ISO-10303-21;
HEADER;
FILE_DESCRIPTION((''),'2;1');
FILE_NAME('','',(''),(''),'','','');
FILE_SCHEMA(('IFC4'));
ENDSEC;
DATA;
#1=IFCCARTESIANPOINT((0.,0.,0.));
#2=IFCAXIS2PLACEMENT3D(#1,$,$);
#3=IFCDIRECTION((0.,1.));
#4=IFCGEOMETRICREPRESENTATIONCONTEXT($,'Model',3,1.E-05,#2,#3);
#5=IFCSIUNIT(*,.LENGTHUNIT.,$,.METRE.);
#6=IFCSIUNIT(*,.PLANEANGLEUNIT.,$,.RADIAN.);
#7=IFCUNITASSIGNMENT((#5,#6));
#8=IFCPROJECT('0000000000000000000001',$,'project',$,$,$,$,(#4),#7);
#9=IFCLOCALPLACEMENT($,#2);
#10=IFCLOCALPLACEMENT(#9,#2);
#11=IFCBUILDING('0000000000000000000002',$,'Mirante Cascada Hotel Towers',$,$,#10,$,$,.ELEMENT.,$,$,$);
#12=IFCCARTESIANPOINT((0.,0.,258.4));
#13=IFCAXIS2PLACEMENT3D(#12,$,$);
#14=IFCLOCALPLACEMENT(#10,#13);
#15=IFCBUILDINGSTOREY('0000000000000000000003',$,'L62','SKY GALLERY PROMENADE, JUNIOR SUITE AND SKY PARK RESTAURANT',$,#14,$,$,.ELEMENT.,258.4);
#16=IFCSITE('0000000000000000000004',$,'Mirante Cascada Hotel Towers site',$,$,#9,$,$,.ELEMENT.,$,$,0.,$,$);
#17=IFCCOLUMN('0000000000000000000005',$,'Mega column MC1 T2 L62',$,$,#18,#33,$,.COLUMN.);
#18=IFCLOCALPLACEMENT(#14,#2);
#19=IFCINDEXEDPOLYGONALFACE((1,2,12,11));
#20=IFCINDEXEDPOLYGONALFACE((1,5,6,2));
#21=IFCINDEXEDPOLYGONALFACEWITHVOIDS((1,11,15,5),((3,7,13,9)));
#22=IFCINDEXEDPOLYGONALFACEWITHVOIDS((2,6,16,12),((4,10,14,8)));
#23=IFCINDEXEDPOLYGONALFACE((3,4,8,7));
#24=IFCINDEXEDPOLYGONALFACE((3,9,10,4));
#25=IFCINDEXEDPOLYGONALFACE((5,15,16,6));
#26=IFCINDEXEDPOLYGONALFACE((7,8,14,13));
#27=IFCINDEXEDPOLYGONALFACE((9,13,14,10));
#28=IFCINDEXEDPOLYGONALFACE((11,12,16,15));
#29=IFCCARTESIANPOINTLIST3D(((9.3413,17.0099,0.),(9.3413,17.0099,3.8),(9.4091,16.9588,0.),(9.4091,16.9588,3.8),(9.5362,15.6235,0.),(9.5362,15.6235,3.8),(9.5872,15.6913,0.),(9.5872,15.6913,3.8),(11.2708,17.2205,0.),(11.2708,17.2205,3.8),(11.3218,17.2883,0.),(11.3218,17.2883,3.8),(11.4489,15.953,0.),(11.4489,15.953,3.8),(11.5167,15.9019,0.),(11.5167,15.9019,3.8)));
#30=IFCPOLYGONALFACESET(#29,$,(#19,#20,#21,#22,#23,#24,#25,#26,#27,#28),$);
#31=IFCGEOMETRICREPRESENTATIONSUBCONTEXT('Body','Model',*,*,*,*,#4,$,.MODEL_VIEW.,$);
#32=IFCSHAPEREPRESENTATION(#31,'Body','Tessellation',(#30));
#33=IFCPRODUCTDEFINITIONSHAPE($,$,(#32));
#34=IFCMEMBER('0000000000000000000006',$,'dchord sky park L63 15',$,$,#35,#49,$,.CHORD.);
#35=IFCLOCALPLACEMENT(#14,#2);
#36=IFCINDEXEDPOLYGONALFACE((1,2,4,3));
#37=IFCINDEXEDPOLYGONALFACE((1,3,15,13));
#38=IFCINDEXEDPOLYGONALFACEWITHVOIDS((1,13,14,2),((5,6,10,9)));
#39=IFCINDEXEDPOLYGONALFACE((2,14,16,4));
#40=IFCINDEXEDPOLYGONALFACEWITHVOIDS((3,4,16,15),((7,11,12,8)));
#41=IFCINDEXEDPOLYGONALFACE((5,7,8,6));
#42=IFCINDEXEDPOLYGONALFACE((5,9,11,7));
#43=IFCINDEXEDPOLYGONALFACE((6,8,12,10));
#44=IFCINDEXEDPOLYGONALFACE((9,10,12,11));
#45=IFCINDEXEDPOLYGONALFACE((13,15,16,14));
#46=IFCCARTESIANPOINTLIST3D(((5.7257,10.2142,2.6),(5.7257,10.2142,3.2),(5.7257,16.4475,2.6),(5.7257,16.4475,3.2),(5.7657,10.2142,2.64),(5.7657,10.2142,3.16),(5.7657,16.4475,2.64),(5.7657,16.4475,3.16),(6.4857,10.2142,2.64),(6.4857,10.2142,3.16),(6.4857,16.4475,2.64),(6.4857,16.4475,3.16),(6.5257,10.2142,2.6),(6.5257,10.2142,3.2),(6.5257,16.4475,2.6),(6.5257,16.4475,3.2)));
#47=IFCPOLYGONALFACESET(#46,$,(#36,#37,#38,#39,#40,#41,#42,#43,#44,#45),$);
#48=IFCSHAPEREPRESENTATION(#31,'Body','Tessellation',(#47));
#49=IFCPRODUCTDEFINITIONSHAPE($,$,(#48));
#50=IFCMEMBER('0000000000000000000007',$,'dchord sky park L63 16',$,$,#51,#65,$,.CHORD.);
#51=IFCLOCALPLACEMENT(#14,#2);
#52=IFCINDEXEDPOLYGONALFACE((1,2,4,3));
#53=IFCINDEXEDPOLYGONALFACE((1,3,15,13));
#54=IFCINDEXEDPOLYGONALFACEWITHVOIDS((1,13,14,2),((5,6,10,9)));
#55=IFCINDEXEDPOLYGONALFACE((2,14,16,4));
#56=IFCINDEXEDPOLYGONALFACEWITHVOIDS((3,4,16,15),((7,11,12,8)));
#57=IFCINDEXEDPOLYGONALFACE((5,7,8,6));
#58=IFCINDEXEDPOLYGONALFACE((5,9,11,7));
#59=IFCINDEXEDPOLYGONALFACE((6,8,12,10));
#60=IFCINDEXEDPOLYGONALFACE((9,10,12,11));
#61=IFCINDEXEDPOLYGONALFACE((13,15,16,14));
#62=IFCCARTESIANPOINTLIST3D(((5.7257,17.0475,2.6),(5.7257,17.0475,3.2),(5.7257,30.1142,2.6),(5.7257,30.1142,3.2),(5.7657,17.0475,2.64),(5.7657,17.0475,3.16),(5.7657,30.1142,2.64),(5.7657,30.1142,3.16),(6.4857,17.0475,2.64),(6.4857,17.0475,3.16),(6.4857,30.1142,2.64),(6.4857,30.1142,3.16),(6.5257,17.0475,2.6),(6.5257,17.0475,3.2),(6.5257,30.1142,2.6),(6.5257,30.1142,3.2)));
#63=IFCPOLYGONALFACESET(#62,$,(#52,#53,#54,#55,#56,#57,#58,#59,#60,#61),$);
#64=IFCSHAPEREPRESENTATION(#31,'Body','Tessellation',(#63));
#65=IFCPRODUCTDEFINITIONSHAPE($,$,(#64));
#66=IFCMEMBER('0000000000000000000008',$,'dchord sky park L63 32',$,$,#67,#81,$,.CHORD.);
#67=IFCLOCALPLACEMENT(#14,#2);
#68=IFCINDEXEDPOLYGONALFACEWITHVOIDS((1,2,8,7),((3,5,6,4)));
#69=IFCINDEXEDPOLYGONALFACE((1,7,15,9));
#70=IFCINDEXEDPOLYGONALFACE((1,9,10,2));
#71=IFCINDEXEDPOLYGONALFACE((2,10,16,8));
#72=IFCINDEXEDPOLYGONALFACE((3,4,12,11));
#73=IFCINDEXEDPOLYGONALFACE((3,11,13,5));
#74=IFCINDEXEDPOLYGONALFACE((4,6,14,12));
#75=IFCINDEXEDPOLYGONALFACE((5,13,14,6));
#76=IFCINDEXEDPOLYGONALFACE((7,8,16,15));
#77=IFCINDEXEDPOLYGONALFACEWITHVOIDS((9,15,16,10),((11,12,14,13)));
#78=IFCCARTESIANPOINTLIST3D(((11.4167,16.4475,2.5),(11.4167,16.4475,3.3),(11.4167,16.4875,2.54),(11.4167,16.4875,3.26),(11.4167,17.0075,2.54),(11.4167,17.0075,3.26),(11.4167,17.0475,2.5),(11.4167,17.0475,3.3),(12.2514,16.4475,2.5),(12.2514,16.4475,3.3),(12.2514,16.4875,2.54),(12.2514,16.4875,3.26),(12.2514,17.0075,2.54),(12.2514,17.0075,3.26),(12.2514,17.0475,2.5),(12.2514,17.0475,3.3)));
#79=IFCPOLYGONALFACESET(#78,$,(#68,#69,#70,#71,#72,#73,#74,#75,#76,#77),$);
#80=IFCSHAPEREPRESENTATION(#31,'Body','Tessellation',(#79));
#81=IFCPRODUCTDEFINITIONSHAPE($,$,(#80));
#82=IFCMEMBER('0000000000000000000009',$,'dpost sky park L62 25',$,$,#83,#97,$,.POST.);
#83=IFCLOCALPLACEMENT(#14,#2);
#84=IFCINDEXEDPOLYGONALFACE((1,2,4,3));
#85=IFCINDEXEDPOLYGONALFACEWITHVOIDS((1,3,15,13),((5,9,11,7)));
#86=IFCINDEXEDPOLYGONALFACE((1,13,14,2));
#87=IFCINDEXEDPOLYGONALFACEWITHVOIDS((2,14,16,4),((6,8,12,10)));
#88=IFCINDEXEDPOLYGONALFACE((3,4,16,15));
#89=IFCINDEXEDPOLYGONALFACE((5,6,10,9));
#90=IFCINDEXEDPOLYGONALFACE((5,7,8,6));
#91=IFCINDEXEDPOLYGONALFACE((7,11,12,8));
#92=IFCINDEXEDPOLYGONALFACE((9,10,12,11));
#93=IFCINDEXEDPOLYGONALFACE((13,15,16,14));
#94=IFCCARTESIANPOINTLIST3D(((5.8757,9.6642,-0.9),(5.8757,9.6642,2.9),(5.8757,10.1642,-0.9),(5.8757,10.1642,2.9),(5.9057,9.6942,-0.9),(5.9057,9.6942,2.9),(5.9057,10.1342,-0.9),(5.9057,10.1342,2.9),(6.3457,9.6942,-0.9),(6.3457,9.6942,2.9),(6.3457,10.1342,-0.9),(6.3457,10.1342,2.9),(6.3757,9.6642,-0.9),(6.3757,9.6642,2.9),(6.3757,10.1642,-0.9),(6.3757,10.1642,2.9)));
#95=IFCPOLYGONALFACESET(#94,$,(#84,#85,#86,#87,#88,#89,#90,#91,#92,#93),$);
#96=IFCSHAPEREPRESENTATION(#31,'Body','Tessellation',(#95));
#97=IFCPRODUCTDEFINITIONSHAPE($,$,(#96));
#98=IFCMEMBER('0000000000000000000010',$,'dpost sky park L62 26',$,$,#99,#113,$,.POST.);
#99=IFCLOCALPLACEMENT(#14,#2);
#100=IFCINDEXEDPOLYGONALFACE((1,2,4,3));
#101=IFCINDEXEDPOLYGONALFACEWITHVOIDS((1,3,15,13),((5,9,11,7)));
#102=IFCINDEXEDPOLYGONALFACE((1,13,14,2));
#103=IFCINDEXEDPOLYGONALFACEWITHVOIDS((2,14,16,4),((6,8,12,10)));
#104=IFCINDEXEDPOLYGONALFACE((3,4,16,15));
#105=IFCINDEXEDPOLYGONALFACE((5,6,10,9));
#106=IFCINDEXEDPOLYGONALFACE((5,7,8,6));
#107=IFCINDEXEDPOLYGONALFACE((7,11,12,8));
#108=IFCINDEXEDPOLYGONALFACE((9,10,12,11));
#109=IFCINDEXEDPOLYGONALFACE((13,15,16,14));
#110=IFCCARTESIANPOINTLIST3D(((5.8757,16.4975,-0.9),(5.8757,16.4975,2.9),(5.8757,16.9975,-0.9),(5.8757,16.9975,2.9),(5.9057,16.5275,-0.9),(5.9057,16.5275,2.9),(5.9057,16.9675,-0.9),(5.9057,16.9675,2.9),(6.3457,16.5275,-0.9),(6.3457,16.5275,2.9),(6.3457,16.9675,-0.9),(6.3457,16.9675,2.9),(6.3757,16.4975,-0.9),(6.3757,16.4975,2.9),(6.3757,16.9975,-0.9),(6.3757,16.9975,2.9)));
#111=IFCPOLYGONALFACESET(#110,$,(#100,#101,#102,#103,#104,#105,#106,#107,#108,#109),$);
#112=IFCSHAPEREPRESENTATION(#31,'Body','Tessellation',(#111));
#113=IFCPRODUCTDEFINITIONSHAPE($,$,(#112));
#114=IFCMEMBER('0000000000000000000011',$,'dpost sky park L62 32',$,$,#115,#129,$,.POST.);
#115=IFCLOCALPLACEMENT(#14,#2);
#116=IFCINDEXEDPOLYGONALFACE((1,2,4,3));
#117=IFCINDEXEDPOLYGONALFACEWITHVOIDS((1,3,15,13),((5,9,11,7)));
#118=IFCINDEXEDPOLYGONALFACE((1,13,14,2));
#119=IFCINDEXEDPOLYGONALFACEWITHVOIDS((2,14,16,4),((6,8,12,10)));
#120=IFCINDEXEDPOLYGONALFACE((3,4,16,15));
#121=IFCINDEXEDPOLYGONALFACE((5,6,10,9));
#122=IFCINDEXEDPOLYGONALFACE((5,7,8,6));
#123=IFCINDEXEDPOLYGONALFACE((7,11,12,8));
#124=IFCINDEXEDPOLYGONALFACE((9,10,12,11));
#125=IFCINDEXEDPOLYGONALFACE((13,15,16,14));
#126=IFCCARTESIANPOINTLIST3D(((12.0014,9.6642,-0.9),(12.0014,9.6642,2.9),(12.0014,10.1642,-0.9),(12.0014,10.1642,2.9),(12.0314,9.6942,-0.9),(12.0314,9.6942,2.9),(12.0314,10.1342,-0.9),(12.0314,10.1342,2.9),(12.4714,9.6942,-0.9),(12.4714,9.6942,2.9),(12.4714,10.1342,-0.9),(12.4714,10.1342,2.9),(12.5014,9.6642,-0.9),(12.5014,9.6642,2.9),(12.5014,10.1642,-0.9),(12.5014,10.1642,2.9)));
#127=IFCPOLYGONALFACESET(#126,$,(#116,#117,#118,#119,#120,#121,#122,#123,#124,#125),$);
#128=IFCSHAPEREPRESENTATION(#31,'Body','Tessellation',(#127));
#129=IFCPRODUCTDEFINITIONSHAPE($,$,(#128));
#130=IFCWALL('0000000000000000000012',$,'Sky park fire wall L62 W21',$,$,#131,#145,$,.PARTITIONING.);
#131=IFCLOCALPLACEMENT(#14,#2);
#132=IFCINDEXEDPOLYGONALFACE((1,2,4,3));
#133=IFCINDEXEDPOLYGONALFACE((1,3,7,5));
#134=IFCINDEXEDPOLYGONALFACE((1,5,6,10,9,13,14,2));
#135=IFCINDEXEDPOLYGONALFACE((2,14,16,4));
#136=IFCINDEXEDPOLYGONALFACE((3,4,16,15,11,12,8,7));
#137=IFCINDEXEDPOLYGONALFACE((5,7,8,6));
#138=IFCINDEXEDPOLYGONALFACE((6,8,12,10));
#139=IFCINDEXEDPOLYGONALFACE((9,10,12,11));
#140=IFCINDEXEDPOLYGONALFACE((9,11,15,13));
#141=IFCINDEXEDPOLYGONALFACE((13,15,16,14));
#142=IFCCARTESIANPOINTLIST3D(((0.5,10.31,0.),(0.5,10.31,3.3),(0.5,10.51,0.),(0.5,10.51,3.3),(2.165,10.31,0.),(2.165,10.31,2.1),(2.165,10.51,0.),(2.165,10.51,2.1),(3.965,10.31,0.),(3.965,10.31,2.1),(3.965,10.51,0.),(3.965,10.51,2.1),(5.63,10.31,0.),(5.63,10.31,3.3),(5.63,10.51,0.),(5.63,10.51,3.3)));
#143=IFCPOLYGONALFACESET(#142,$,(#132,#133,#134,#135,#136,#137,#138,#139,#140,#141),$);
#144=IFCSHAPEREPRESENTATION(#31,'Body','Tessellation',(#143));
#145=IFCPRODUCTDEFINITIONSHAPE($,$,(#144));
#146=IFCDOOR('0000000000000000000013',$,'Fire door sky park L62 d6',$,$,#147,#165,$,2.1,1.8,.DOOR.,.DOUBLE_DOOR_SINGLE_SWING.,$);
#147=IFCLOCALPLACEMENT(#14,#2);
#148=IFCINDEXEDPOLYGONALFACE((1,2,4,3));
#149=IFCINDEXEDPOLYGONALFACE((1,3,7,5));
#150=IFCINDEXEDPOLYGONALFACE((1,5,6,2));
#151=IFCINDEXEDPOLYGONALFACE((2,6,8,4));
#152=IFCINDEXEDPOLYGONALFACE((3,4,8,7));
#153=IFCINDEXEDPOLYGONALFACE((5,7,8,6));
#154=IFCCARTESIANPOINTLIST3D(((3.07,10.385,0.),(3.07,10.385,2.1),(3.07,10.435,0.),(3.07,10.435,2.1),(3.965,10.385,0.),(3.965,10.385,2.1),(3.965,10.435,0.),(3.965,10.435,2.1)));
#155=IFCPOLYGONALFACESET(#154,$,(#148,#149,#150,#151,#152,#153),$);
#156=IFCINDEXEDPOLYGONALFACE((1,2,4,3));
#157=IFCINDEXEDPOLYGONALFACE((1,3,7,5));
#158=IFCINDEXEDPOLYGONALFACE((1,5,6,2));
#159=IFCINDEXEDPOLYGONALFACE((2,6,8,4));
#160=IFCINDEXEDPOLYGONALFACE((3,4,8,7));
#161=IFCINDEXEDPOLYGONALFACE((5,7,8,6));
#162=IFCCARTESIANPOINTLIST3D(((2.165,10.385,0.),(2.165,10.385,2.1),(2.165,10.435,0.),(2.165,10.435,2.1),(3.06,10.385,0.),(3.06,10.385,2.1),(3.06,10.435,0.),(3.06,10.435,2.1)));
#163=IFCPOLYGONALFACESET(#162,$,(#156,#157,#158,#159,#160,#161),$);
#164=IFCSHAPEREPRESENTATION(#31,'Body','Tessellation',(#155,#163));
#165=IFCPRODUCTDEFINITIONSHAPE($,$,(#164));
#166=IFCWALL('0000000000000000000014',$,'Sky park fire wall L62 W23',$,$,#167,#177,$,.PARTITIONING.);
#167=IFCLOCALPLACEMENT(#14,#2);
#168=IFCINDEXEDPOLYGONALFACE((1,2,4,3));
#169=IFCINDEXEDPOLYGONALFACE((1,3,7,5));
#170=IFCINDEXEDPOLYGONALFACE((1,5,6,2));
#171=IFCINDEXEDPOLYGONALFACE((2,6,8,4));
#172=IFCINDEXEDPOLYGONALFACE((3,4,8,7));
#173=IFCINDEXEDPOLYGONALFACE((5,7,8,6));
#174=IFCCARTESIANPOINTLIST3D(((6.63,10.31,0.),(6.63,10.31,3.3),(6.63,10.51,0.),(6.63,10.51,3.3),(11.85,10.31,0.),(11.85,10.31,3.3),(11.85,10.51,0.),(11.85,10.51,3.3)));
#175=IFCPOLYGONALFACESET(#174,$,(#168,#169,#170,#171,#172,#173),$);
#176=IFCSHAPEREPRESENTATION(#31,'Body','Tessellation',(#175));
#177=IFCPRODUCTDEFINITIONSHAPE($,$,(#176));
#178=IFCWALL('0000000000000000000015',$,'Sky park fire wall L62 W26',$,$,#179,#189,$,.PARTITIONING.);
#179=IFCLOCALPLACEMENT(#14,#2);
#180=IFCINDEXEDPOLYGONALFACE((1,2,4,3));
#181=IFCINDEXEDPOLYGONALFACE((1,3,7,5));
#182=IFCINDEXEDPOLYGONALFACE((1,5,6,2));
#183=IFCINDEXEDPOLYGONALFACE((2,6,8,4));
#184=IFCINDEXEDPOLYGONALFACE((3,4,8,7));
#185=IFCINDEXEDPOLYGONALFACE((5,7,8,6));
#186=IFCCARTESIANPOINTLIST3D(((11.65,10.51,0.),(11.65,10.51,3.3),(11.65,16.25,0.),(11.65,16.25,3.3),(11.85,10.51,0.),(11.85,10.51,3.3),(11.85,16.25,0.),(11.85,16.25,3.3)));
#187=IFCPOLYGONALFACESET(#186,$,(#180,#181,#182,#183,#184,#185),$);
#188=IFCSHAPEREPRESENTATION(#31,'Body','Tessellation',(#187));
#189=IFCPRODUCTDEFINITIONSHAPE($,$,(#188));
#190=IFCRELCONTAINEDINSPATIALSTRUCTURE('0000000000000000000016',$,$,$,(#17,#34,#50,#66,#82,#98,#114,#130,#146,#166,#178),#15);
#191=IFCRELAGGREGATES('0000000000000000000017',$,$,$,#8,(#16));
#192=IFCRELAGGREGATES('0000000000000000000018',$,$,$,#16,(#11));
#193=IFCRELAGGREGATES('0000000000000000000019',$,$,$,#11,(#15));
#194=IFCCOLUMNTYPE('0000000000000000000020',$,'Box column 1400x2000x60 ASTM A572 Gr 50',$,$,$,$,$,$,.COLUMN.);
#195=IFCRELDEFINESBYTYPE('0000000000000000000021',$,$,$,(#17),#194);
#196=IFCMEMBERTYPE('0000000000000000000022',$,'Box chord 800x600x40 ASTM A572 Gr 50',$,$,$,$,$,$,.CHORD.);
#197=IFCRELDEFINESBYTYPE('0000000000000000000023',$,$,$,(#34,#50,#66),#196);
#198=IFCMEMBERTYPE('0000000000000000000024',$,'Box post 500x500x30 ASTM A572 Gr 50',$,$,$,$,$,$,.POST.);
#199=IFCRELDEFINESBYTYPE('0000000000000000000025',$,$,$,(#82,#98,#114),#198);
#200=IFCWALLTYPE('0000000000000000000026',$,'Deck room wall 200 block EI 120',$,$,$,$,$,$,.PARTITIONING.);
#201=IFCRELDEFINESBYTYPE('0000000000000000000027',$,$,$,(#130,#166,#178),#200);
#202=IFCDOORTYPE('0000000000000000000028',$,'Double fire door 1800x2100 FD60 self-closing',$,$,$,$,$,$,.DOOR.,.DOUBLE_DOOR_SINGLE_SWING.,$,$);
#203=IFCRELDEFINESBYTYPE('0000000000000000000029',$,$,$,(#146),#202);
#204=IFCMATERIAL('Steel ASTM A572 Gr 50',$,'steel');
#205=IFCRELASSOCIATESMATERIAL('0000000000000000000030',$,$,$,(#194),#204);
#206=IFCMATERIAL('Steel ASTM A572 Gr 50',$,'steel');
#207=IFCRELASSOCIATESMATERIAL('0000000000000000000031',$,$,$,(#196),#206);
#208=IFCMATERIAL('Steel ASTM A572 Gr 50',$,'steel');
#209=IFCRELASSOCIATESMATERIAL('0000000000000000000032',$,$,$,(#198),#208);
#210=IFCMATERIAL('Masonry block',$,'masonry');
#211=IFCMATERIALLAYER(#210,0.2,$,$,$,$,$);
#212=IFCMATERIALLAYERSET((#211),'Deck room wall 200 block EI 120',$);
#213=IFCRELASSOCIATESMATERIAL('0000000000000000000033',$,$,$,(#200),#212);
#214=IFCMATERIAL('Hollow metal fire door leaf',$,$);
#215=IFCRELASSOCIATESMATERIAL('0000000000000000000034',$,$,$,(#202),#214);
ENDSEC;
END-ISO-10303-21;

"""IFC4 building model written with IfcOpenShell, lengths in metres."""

from ifc_helpers import new_model, si_unit, direction, frame, frame_2d, origin, origin_2d, place, context, subcontext, project, spatial, rectangle, hollow_rectangle, extrude, material, layer, layer_set, material_profile, profile_set, type_object, element, fill, save


model = new_model("IFC4")

# Units and contexts
model_context = context("Model", 3, precision=1e-05, world=origin(), true_north=direction((0.0, 1.0)))
body_context = subcontext(model_context, "Body", "Model", "MODEL_VIEW")
ifc_project = project(units=[si_unit("LENGTHUNIT", "METRE"), si_unit("PLANEANGLEUNIT", "RADIAN")], contexts=[model_context])

# Site, building, storey
site_placement = place(None, origin())
site = spatial("IfcSite", under=ifc_project, at=site_placement, Name="Mirante Cascada Hotel Towers site", CompositionType="ELEMENT", RefElevation=0.0)
building_placement = place(site_placement, origin())
building = spatial("IfcBuilding", under=site, at=building_placement, Name="Mirante Cascada Hotel Towers", CompositionType="ELEMENT")
storey_placement = place(building_placement, frame((0.0, 0.0, 258.4)))
storey = spatial("IfcBuildingStorey", under=building, at=storey_placement, Name="L62", Description="SKY GALLERY PROMENADE, JUNIOR SUITE AND SKY PARK RESTAURANT", CompositionType="ELEMENT", Elevation=258.4)

# Column
ifc_material_1 = material(Name="Steel ASTM A572 Gr 50", Category="steel")
ifc_material_profile_1 = material_profile(ifc_material_1, hollow_rectangle(XDim=2.0, YDim=1.4, WallThickness=0.06, at=origin_2d()), Name="Box column 1400x2000x60 ASTM A572 Gr 50")
ifc_profile_set_1 = profile_set([ifc_material_profile_1], Name="Steel ASTM A572 Gr 50")
column_type = type_object("IfcColumnType", Name="Box column 1400x2000x60 ASTM A572 Gr 50", PredefinedType="COLUMN", material=ifc_profile_set_1)
column_placement = place(storey_placement, frame((10.429, 16.4559, 0.0), z_axis=(0.0, 0.0, 1.0), x_axis=(0.990268, 0.139173, 0.0)))
element("IfcColumn", 1, at=column_placement, inside=storey, type_object=column_type, Name="Mega column MC1 T2 L62", PredefinedType="COLUMN", context=body_context, shape_type="SweptSolid", body=[
    extrude(hollow_rectangle(XDim=2.0, YDim=1.4, WallThickness=0.06, at=origin_2d()), origin(), (0.0, 0.0, 1.0), 3.8),
])

# Members
ifc_material_2 = material(Name="Steel ASTM A572 Gr 50", Category="steel")
ifc_material_profile_2 = material_profile(ifc_material_2, hollow_rectangle(XDim=0.6, YDim=0.8, WallThickness=0.04, at=origin_2d()), Name="Box chord 800x600x40 ASTM A572 Gr 50")
ifc_profile_set_2 = profile_set([ifc_material_profile_2], Name="Steel ASTM A572 Gr 50")
member_type_1 = type_object("IfcMemberType", Name="Box chord 800x600x40 ASTM A572 Gr 50", PredefinedType="CHORD", material=ifc_profile_set_2)
member_1_placement = place(storey_placement, frame((6.1257, 10.2142, 2.9), z_axis=(0.0, 1.0, 0.0), x_axis=(0.0, 0.0, 1.0)))
element("IfcMember", 2, at=member_1_placement, inside=storey, type_object=member_type_1, Name="dchord sky park L63 15", PredefinedType="CHORD", context=body_context, shape_type="SweptSolid", body=[
    extrude(hollow_rectangle(XDim=0.6, YDim=0.8, WallThickness=0.04, at=origin_2d()), origin(), (0.0, 0.0, 1.0), 6.2333),
])
member_2_placement = place(storey_placement, frame((6.1257, 17.0475, 2.9), z_axis=(0.0, 1.0, 0.0), x_axis=(0.0, 0.0, 1.0)))
element("IfcMember", 3, at=member_2_placement, inside=storey, type_object=member_type_1, Name="dchord sky park L63 16", PredefinedType="CHORD", context=body_context, shape_type="SweptSolid", body=[
    extrude(hollow_rectangle(XDim=0.6, YDim=0.8, WallThickness=0.04, at=origin_2d()), origin(), (0.0, 0.0, 1.0), 13.0667),
])
member_3_placement = place(storey_placement, frame((11.4167, 16.7475, 2.9), z_axis=(1.0, 0.0, 0.0), x_axis=(0.0, 1.0, 0.0)))
element("IfcMember", 4, at=member_3_placement, inside=storey, type_object=member_type_1, Name="dchord sky park L63 32", PredefinedType="CHORD", context=body_context, shape_type="SweptSolid", body=[
    extrude(hollow_rectangle(XDim=0.6, YDim=0.8, WallThickness=0.04, at=origin_2d()), origin(), (0.0, 0.0, 1.0), 0.8347),
])
ifc_material_3 = material(Name="Steel ASTM A572 Gr 50", Category="steel")
ifc_material_profile_3 = material_profile(ifc_material_3, hollow_rectangle(XDim=0.5, YDim=0.5, WallThickness=0.03, at=origin_2d()), Name="Box post 500x500x30 ASTM A572 Gr 50")
ifc_profile_set_3 = profile_set([ifc_material_profile_3], Name="Steel ASTM A572 Gr 50")
member_type_2 = type_object("IfcMemberType", Name="Box post 500x500x30 ASTM A572 Gr 50", PredefinedType="POST", material=ifc_profile_set_3)
for number, where, z_axis, x_axis, name in (
    (5, (6.1257, 9.9142, -0.9), (0.0, 0.0, 1.0), (1.0, 0.0, 0.0), "dpost sky park L62 25"),
    (6, (6.1257, 16.7475, -0.9), (0.0, 0.0, 1.0), (1.0, 0.0, 0.0), "dpost sky park L62 26"),
    (7, (12.2514, 9.9142, -0.9), (0.0, 0.0, 1.0), (1.0, 0.0, 0.0), "dpost sky park L62 32"),
):
    element("IfcMember", number, at=place(storey_placement, frame(where, z_axis=z_axis, x_axis=x_axis)), inside=storey, type_object=member_type_2, Name=name, PredefinedType="POST", context=body_context, shape_type="SweptSolid", body=[
        extrude(hollow_rectangle(XDim=0.5, YDim=0.5, WallThickness=0.03, at=origin_2d()), origin(), (0.0, 0.0, 1.0), 3.8),
    ])

# Wall, opening, door
ifc_material_4 = material(Name="Masonry block", Category="masonry")
ifc_layer = layer(ifc_material_4, 0.2)
ifc_layer_set = layer_set([ifc_layer], Name="Deck room wall 200 block EI 120")
wall_type = type_object("IfcWallType", Name="Deck room wall 200 block EI 120", PredefinedType="PARTITIONING", material=ifc_layer_set)
wall_1_placement = place(storey_placement, frame((0.5, 10.41, 0.0), z_axis=(0.0, 0.0, 1.0), x_axis=(1.0, 0.0, 0.0)))
wall_1 = element("IfcWall", 8, at=wall_1_placement, inside=storey, type_object=wall_type, Name="Sky park fire wall L62 W21", PredefinedType="PARTITIONING", context=body_context, shape_type="SweptSolid", body=[
    extrude(rectangle(XDim=5.13, YDim=0.2, at=frame_2d((2.565, 0.0))), origin(), (0.0, 0.0, 1.0), 3.3),
])
opening_placement = place(wall_1_placement, frame((1.665, 0.0, 0.0)))
opening = element("IfcOpeningElement", 9, at=opening_placement, cuts=wall_1, PredefinedType="OPENING", context=body_context, shape_type="SweptSolid", body=[
    extrude(rectangle(XDim=1.8, YDim=2.1, at=frame_2d((0.9, 1.05))), frame((0.0, 0.1, 0.0), z_axis=(0.0, -1.0, 0.0), x_axis=(1.0, 0.0, 0.0)), (0.0, 0.0, 1.0), 0.2),
])
ifc_material_5 = material(Name="Hollow metal fire door leaf")
door_type = type_object("IfcDoorType", Name="Double fire door 1800x2100 FD60 self-closing", OperationType="DOUBLE_DOOR_SINGLE_SWING", PredefinedType="DOOR", material=ifc_material_5)
door_placement = place(opening_placement, frame((1.8, 0.0, 0.0), z_axis=(0.0, 0.0, 1.0), x_axis=(-1.0, 0.0, 0.0)))
door = element("IfcDoor", 10, at=door_placement, inside=storey, type_object=door_type, Name="Fire door sky park L62 d6", OperationType="DOUBLE_DOOR_SINGLE_SWING", OverallHeight=2.1, OverallWidth=1.8, PredefinedType="DOOR", context=body_context, shape_type="SweptSolid", body=[
    extrude(rectangle(XDim=0.895, YDim=2.1, at=frame_2d((0.4475, 1.05))), frame((0.0, 0.025, 0.0), z_axis=(0.0, -1.0, 0.0), x_axis=(1.0, 0.0, 0.0)), (0.0, 0.0, 1.0), 0.05),
    extrude(rectangle(XDim=0.895, YDim=2.1, at=frame_2d((1.3525, 1.05))), frame((0.0, 0.025, 0.0), z_axis=(0.0, -1.0, 0.0), x_axis=(1.0, 0.0, 0.0)), (0.0, 0.0, 1.0), 0.05),
])
fill(opening, door)

# Walls
wall_2_placement = place(storey_placement, frame((6.63, 10.41, 0.0), z_axis=(0.0, 0.0, 1.0), x_axis=(1.0, 0.0, 0.0)))
element("IfcWall", 11, at=wall_2_placement, inside=storey, type_object=wall_type, Name="Sky park fire wall L62 W23", PredefinedType="PARTITIONING", context=body_context, shape_type="SweptSolid", body=[
    extrude(rectangle(XDim=5.22, YDim=0.2, at=frame_2d((2.61, 0.0))), origin(), (0.0, 0.0, 1.0), 3.3),
])
wall_3_placement = place(storey_placement, frame((11.75, 10.51, 0.0), z_axis=(0.0, 0.0, 1.0), x_axis=(0.0, 1.0, 0.0)))
element("IfcWall", 12, at=wall_3_placement, inside=storey, type_object=wall_type, Name="Sky park fire wall L62 W26", PredefinedType="PARTITIONING", context=body_context, shape_type="SweptSolid", body=[
    extrude(rectangle(XDim=5.74, YDim=0.2, at=frame_2d((2.87, 0.0))), origin(), (0.0, 0.0, 1.0), 3.3),
])

save(model, "model.ifc")
